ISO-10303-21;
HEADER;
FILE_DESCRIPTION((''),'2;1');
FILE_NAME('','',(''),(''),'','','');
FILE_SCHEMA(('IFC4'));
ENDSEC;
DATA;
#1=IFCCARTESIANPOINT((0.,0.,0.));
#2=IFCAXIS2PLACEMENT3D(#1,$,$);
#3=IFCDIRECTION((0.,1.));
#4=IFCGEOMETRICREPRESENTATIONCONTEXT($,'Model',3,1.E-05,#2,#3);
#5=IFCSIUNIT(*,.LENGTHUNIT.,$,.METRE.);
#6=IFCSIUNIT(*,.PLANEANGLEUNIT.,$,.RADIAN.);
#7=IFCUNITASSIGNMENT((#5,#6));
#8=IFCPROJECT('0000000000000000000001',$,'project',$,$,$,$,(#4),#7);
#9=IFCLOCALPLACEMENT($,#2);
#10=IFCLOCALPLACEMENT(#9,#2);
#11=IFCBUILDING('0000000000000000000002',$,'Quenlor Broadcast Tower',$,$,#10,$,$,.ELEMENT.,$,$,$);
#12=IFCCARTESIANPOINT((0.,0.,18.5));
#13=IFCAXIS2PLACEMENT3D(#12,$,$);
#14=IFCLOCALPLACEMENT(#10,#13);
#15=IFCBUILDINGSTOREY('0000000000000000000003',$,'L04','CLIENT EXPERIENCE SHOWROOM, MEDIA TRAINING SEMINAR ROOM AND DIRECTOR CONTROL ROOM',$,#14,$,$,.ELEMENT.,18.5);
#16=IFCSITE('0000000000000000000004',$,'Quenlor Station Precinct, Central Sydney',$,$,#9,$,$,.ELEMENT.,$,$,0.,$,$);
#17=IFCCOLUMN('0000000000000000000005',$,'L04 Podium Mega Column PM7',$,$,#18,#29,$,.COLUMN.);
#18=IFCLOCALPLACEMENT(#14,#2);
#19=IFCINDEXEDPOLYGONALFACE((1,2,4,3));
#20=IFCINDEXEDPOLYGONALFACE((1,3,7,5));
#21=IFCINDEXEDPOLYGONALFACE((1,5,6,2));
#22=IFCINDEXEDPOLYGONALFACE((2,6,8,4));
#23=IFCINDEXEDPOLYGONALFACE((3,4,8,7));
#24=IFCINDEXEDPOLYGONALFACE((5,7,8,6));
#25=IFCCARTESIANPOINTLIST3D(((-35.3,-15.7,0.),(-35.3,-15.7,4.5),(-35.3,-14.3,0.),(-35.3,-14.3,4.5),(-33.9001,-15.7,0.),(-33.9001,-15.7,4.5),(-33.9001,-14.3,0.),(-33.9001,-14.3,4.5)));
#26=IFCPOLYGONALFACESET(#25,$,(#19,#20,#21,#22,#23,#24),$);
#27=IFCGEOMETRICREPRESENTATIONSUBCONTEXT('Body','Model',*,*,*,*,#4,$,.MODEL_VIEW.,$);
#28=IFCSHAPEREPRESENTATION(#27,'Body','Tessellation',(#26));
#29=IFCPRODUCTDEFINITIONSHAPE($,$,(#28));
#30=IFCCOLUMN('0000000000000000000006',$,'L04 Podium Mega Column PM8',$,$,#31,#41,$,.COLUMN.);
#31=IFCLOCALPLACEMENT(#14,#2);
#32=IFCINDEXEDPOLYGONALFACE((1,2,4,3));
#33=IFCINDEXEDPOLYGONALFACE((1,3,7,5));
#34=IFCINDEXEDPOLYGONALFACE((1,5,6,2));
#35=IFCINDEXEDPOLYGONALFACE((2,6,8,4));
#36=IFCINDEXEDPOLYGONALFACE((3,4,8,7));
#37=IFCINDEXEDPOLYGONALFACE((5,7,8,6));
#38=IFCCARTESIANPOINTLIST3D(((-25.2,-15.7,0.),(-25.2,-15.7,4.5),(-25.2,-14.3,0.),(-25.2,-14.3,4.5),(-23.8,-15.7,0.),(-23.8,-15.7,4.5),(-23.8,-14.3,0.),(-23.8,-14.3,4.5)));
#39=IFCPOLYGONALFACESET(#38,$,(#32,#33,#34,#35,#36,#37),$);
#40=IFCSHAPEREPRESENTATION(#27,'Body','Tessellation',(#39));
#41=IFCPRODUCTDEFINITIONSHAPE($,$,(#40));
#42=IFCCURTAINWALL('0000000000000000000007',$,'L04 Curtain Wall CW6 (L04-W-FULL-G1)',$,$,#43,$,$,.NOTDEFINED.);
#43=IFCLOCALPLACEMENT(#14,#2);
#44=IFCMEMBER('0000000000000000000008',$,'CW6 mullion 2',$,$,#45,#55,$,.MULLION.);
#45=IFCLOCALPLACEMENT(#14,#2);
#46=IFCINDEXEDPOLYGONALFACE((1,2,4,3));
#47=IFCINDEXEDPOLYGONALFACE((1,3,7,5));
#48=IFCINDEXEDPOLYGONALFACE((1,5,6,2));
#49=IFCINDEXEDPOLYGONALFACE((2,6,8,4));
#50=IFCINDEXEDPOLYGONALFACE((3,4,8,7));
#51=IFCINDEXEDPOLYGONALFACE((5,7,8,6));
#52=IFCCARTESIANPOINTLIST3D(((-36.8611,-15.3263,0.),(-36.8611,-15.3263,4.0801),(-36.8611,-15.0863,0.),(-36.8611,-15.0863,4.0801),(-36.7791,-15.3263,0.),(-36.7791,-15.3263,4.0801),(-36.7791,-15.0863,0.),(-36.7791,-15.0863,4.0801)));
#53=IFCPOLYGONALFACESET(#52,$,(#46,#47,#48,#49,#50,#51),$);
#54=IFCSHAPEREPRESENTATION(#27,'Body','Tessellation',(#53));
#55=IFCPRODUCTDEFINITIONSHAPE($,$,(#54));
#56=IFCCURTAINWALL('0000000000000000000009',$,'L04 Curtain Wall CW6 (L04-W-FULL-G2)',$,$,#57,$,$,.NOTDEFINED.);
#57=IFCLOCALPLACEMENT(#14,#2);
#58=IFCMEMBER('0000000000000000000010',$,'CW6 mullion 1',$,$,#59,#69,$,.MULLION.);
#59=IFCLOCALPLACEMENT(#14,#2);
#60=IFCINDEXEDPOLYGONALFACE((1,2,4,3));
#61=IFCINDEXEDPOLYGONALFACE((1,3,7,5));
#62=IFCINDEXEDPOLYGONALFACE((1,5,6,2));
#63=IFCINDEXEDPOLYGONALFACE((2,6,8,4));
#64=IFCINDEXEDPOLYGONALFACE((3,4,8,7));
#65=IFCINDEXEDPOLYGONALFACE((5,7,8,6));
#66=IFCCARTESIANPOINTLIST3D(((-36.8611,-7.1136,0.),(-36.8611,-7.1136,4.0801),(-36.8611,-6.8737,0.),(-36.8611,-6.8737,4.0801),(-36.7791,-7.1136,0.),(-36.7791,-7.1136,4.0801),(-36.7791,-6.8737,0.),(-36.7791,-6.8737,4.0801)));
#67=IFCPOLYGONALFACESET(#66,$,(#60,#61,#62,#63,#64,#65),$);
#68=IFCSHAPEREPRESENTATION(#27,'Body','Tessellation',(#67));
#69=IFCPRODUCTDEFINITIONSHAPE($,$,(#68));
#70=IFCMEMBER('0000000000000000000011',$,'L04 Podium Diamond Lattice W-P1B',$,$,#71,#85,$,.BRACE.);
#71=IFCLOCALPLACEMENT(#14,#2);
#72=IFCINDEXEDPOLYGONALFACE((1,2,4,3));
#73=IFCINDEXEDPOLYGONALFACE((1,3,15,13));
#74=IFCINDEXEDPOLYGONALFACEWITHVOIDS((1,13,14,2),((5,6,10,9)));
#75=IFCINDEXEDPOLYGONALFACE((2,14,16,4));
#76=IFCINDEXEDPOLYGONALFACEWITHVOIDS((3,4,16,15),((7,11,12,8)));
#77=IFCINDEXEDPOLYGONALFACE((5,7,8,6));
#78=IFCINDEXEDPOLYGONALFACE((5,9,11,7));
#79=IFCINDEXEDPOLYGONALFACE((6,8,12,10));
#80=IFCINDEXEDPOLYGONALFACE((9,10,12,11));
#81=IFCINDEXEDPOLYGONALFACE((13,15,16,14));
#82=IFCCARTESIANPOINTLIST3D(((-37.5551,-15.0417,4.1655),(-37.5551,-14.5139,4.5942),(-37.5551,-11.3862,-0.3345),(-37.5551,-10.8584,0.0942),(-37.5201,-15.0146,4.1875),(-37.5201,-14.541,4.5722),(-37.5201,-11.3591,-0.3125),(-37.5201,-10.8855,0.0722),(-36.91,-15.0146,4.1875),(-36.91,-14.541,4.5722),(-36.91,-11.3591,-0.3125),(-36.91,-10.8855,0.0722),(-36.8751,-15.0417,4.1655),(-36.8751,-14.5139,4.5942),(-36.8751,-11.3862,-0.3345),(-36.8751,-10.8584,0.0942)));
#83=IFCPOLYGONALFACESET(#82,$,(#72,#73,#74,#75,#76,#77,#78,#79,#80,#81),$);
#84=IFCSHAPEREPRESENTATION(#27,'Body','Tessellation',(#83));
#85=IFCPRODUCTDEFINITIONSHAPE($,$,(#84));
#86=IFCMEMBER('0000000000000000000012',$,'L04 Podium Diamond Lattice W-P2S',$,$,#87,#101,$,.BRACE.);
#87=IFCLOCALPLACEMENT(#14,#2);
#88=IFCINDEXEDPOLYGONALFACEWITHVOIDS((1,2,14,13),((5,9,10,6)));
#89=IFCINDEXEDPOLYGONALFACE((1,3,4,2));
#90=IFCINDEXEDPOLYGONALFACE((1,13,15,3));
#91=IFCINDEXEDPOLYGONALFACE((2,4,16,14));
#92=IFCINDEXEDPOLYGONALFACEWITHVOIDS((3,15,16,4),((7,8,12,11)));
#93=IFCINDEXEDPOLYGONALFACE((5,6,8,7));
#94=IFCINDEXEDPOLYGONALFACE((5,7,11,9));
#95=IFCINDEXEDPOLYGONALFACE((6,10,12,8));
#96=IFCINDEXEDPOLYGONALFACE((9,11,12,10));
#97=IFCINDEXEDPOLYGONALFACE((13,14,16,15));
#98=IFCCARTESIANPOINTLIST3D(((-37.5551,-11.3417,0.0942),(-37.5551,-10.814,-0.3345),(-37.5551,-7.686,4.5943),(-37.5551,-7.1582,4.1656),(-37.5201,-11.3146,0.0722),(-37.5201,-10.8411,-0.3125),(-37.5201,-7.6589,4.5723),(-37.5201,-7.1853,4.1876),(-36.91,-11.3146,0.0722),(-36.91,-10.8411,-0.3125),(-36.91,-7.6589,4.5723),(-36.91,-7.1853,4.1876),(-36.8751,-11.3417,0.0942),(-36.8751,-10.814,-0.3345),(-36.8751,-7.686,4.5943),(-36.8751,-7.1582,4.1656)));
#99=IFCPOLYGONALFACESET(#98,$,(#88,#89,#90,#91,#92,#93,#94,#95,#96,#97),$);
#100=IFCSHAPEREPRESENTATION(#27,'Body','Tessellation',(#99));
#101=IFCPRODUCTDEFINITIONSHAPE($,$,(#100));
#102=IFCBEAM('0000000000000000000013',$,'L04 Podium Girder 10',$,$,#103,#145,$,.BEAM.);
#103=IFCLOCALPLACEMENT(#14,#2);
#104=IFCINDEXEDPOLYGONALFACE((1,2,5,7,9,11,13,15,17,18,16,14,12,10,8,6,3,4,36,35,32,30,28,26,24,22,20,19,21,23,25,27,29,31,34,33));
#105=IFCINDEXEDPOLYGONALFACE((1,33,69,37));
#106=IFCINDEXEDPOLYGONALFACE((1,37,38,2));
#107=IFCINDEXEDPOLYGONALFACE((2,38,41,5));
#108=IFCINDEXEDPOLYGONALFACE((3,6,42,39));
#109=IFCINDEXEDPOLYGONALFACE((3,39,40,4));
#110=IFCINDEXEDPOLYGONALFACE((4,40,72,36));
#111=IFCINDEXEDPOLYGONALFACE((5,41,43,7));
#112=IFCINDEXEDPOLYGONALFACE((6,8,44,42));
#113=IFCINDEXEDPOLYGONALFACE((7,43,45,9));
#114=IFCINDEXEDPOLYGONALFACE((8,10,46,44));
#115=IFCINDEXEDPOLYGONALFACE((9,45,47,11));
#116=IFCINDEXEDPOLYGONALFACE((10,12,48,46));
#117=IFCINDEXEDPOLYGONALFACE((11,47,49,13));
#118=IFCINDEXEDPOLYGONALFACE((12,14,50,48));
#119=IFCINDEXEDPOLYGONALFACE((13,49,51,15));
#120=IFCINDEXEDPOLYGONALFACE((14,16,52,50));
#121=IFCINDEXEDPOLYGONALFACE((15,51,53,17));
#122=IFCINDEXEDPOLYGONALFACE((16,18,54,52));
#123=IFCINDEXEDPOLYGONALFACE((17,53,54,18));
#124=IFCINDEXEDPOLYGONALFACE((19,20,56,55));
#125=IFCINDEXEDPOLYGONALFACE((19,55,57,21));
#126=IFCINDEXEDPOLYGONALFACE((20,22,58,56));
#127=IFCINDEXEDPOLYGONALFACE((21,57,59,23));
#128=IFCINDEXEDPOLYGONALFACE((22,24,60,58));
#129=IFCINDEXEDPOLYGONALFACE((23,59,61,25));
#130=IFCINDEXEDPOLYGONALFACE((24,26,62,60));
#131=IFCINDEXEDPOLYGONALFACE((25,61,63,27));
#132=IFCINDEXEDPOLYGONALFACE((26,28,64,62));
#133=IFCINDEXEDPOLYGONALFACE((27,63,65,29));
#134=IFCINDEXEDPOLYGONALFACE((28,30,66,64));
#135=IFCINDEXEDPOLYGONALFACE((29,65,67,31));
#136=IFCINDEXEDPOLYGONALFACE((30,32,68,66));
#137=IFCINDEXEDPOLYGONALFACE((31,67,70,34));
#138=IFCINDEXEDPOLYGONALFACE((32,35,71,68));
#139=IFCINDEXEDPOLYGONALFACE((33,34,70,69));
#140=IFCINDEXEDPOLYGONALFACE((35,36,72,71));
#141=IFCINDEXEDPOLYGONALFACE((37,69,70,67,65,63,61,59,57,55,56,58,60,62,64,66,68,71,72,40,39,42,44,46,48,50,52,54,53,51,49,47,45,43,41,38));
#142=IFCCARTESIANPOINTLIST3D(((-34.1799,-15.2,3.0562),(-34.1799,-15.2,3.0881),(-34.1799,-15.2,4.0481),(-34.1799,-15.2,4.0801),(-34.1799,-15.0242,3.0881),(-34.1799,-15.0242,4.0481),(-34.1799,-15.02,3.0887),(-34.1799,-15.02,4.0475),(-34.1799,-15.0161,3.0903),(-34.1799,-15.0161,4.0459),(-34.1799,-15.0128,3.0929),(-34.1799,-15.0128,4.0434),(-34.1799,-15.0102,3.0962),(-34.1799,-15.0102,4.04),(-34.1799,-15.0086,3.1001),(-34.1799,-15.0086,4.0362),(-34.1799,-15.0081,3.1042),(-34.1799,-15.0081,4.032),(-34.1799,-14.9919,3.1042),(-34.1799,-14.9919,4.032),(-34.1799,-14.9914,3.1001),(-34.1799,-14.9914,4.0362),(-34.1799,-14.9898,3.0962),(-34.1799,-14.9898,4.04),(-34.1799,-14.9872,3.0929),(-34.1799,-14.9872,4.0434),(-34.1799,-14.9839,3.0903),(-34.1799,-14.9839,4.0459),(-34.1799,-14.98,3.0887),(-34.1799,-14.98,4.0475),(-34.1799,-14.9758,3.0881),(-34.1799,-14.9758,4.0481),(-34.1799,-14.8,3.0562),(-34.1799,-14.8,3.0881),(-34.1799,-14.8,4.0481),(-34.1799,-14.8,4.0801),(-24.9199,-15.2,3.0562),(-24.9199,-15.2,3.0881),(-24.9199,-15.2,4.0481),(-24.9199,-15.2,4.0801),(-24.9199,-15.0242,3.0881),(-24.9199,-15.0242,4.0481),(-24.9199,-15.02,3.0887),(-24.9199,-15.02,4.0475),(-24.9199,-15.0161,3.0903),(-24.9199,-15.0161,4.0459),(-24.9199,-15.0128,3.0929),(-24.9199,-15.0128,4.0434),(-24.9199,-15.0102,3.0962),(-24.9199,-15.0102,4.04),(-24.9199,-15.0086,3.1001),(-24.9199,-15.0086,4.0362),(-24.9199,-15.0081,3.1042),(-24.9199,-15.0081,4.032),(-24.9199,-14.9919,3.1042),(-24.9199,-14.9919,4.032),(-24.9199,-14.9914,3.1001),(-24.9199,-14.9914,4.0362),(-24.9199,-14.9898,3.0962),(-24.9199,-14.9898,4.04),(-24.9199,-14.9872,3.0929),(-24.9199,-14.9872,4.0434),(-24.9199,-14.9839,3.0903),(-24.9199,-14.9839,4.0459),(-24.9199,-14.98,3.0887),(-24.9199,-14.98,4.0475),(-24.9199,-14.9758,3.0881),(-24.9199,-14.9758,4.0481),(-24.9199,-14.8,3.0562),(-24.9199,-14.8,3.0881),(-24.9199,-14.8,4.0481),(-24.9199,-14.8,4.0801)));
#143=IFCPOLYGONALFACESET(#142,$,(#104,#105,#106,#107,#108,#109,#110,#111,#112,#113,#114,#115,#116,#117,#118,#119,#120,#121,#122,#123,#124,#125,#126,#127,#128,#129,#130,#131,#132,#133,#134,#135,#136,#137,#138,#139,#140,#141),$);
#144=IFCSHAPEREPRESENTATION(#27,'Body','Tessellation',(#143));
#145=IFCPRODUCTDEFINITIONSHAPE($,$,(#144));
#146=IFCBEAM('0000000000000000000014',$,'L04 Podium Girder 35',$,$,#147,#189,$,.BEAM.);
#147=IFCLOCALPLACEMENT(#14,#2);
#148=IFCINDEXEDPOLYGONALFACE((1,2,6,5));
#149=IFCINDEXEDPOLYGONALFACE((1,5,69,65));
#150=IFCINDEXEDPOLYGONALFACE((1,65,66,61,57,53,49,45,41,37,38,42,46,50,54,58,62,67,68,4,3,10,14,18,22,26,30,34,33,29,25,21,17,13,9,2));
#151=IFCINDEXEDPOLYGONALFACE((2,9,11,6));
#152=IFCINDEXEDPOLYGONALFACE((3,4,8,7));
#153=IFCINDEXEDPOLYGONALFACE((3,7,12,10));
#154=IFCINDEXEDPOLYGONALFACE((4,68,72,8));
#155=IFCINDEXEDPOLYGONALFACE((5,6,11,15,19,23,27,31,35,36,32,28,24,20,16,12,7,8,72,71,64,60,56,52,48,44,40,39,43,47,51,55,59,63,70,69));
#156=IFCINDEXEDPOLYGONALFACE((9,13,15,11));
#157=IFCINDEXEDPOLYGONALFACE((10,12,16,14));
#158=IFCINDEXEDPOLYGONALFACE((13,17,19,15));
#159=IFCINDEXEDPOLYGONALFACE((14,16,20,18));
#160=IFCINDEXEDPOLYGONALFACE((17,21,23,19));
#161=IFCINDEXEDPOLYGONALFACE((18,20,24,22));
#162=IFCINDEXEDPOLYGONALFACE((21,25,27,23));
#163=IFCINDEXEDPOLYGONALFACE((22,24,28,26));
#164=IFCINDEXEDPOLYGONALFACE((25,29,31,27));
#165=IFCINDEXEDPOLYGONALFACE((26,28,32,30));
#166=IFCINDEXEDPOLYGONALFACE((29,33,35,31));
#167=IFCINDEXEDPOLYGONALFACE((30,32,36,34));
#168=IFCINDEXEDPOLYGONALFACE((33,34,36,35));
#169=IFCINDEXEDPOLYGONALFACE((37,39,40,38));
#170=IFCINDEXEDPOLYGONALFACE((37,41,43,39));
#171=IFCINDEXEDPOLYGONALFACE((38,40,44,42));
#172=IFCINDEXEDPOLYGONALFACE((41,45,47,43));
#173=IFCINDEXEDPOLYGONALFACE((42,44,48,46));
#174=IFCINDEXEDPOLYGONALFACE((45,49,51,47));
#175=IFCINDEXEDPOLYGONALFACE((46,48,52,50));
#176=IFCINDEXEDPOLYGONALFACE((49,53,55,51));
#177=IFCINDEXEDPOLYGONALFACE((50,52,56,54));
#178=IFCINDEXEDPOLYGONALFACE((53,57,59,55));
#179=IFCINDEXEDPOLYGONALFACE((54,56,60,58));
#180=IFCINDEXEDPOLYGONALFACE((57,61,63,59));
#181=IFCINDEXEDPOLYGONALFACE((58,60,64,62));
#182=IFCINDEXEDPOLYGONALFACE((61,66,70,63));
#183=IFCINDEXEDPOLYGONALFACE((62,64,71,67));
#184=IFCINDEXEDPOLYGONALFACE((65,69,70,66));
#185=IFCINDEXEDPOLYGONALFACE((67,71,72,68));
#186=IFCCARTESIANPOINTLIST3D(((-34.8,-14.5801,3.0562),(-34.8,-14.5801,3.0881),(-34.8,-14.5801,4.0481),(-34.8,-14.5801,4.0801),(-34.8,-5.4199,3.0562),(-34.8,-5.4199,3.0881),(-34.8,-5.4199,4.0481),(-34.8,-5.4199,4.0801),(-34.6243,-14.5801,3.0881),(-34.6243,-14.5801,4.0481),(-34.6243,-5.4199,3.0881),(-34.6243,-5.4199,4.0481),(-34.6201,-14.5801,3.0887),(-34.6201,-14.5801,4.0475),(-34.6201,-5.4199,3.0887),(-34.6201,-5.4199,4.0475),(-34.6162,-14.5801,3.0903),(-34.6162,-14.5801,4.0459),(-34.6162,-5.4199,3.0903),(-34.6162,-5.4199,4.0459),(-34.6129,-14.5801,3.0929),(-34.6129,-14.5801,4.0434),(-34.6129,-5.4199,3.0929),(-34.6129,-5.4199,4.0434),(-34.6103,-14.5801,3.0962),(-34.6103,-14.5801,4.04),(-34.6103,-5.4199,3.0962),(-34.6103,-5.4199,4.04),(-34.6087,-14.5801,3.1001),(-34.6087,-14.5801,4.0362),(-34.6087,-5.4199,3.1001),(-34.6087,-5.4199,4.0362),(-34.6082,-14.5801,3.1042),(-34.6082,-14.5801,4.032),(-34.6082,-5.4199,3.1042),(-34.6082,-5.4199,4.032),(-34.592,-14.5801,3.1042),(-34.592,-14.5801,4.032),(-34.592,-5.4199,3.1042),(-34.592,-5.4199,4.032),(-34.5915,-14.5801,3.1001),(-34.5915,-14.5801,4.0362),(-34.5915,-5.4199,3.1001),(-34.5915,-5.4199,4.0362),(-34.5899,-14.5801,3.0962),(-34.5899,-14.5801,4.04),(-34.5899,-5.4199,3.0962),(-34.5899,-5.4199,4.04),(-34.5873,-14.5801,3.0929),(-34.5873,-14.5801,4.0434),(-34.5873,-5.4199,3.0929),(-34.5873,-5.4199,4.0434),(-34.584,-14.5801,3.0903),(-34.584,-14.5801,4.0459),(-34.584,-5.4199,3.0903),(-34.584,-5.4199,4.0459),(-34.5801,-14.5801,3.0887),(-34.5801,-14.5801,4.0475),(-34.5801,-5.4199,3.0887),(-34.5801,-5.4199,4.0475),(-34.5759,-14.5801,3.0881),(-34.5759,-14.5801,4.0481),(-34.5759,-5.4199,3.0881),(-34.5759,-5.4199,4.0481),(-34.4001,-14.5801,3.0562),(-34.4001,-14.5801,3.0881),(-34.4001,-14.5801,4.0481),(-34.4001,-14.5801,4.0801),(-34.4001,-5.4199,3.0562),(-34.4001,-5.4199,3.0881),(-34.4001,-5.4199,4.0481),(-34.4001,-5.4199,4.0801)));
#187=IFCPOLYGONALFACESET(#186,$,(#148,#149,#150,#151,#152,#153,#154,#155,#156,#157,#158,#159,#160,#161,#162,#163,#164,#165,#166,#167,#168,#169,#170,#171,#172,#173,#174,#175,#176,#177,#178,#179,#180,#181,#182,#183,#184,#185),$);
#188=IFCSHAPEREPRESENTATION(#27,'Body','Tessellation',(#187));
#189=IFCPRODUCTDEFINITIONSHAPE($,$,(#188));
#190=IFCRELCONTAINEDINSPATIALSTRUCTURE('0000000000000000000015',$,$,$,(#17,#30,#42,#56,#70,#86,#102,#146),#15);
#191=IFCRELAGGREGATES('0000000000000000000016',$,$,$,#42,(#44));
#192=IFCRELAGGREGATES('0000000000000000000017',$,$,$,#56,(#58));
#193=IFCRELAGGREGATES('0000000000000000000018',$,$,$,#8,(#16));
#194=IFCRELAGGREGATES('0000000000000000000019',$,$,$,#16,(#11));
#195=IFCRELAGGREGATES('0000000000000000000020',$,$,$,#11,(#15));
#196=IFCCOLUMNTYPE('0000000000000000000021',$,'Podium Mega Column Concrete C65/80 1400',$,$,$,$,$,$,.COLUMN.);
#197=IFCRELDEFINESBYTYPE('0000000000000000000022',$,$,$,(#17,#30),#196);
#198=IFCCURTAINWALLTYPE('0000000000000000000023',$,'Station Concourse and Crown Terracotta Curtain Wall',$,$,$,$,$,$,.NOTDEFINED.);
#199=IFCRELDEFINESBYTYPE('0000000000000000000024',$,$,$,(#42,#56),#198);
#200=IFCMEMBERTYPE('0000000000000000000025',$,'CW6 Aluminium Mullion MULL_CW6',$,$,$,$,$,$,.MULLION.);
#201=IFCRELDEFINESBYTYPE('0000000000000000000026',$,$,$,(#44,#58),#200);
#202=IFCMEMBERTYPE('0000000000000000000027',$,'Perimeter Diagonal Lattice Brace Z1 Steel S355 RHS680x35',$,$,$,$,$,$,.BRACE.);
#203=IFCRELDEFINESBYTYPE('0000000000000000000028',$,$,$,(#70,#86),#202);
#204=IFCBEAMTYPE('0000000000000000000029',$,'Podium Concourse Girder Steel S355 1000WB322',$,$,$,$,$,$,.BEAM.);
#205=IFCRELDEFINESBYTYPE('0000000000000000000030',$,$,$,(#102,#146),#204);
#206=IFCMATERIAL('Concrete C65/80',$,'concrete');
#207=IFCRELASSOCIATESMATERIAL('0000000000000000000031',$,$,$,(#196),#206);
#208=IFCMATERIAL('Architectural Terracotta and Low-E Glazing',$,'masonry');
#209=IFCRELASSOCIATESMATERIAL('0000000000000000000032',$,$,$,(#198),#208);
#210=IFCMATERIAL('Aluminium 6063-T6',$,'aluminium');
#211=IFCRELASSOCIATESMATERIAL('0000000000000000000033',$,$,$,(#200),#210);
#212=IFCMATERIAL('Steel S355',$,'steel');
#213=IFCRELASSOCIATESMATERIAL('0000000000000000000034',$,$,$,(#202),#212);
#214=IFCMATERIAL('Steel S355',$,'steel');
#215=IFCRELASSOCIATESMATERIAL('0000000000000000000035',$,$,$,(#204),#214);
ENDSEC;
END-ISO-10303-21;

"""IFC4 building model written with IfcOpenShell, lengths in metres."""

from ifc_helpers import new_model, si_unit, direction, frame, origin, origin_2d, place, context, subcontext, project, spatial, rectangle, hollow_rectangle, i_section, extrude, material, material_profile, profile_set, type_object, element, aggregate, save


model = new_model("IFC4")

# Units and contexts
model_context = context("Model", 3, precision=1e-05, world=origin(), true_north=direction((0.0, 1.0)))
body_context = subcontext(model_context, "Body", "Model", "MODEL_VIEW")
ifc_project = project(units=[si_unit("LENGTHUNIT", "METRE"), si_unit("PLANEANGLEUNIT", "RADIAN")], contexts=[model_context])

# Site, building, storey
site_placement = place(None, origin())
site = spatial("IfcSite", under=ifc_project, at=site_placement, Name="Quenlor Station Precinct, Central Sydney", CompositionType="ELEMENT", RefElevation=0.0)
building_placement = place(site_placement, origin())
building = spatial("IfcBuilding", under=site, at=building_placement, Name="Quenlor Broadcast Tower", CompositionType="ELEMENT")
storey_placement = place(building_placement, frame((0.0, 0.0, 18.5)))
storey = spatial("IfcBuildingStorey", under=building, at=storey_placement, Name="L04", Description="CLIENT EXPERIENCE SHOWROOM, MEDIA TRAINING SEMINAR ROOM AND DIRECTOR CONTROL ROOM", CompositionType="ELEMENT", Elevation=18.5)

# Columns
ifc_material_1 = material(Name="Concrete C65/80", Category="concrete")
ifc_material_profile_1 = material_profile(ifc_material_1, rectangle(XDim=1.3999, YDim=1.3999, at=origin_2d()))
ifc_profile_set_1 = profile_set([ifc_material_profile_1], Name="Concrete C65/80 RC1400x1400")
column_type = type_object("IfcColumnType", Name="Podium Mega Column Concrete C65/80 1400", PredefinedType="COLUMN", material=ifc_profile_set_1)
for number, where, z_axis, x_axis, name in (
    (1, (-34.6001, -15.0, 0.0), (0.0, 0.0, 1.0), (1.0, 0.0, 0.0), "L04 Podium Mega Column PM7"),
    (2, (-24.5, -15.0, 0.0), (0.0, 0.0, 1.0), (1.0, 0.0, 0.0), "L04 Podium Mega Column PM8"),
):
    element("IfcColumn", number, at=place(storey_placement, frame(where, z_axis=z_axis, x_axis=x_axis)), inside=storey, type_object=column_type, Name=name, PredefinedType="COLUMN", context=body_context, shape_type="SweptSolid", body=[
        extrude(rectangle(XDim=1.3999, YDim=1.3999, at=origin_2d()), origin(), (0.0, 0.0, 1.0), 4.5),
    ])

# Curtain walls, members
ifc_material_2 = material(Name="Architectural Terracotta and Low-E Glazing", Category="masonry")
curtain_wall_type = type_object("IfcCurtainWallType", Name="Station Concourse and Crown Terracotta Curtain Wall", PredefinedType="NOTDEFINED", material=ifc_material_2)
curtain_wall_1_placement = place(storey_placement, origin())
curtain_wall_1 = element("IfcCurtainWall", 3, at=curtain_wall_1_placement, inside=storey, type_object=curtain_wall_type, Name="L04 Curtain Wall CW6 (L04-W-FULL-G1)", PredefinedType="NOTDEFINED")
ifc_material_3 = material(Name="Aluminium 6063-T6", Category="aluminium")
ifc_material_profile_2 = material_profile(ifc_material_3, rectangle(XDim=0.082, YDim=0.24, at=origin_2d()))
ifc_profile_set_2 = profile_set([ifc_material_profile_2], Name="Aluminium 6063-T6 MULL82x240")
member_type_1 = type_object("IfcMemberType", Name="CW6 Aluminium Mullion MULL_CW6", PredefinedType="MULLION", material=ifc_profile_set_2)
member_1_placement = place(storey_placement, frame((-36.8201, -15.2063, 0.0), z_axis=(0.0, 0.0, 1.0), x_axis=(-1.0, 0.0, 0.0)))
member_1 = element("IfcMember", 4, at=member_1_placement, type_object=member_type_1, Name="CW6 mullion 2", PredefinedType="MULLION", context=body_context, shape_type="SweptSolid", body=[
    extrude(rectangle(XDim=0.082, YDim=0.24, at=origin_2d()), origin(), (0.0, 0.0, 1.0), 4.0801),
])
aggregate(curtain_wall_1, [member_1])
curtain_wall_2_placement = place(storey_placement, origin())
curtain_wall_2 = element("IfcCurtainWall", 5, at=curtain_wall_2_placement, inside=storey, type_object=curtain_wall_type, Name="L04 Curtain Wall CW6 (L04-W-FULL-G2)", PredefinedType="NOTDEFINED")
member_2_placement = place(storey_placement, frame((-36.8201, -6.9937, 0.0), z_axis=(0.0, 0.0, 1.0), x_axis=(-1.0, 0.0, 0.0)))
member_2 = element("IfcMember", 6, at=member_2_placement, type_object=member_type_1, Name="CW6 mullion 1", PredefinedType="MULLION", context=body_context, shape_type="SweptSolid", body=[
    extrude(rectangle(XDim=0.082, YDim=0.24, at=origin_2d()), origin(), (0.0, 0.0, 1.0), 4.0801),
])
aggregate(curtain_wall_2, [member_2])

# Members
ifc_material_4 = material(Name="Steel S355", Category="steel")
ifc_material_profile_3 = material_profile(ifc_material_4, hollow_rectangle(XDim=0.6799, YDim=0.6799, WallThickness=0.0349, at=origin_2d()))
ifc_profile_set_3 = profile_set([ifc_material_profile_3], Name="Steel S355 RHS680x680x35")
member_type_2 = type_object("IfcMemberType", Name="Perimeter Diagonal Lattice Brace Z1 Steel S355 RHS680x35", PredefinedType="BRACE", material=ifc_profile_set_3)
member_3_placement = place(storey_placement, frame((-37.2151, -11.1223, -0.1201), z_axis=(0.0, -0.630517, 0.776176), x_axis=(1.0, 0.0, 0.0)))
element("IfcMember", 7, at=member_3_placement, inside=storey, type_object=member_type_2, Name="L04 Podium Diamond Lattice W-P1B", PredefinedType="BRACE", context=body_context, shape_type="SweptSolid", body=[
    extrude(hollow_rectangle(XDim=0.6799, YDim=0.6799, WallThickness=0.0349, at=origin_2d()), origin(), (0.0, 0.0, 1.0), 5.7976),
])
member_4_placement = place(storey_placement, frame((-37.2151, -11.0779, -0.1201), z_axis=(0.0, 0.630542, 0.776155), x_axis=(-1.0, 0.0, 0.0)))
element("IfcMember", 8, at=member_4_placement, inside=storey, type_object=member_type_2, Name="L04 Podium Diamond Lattice W-P2S", PredefinedType="BRACE", context=body_context, shape_type="SweptSolid", body=[
    extrude(hollow_rectangle(XDim=0.6799, YDim=0.6799, WallThickness=0.0349, at=origin_2d()), origin(), (0.0, 0.0, 1.0), 5.7979),
])

# Beams
ifc_material_5 = material(Name="Steel S355", Category="steel")
ifc_material_profile_4 = material_profile(ifc_material_5, i_section(OverallWidth=0.3999, OverallDepth=1.0239, WebThickness=0.0161, FlangeThickness=0.032, FilletRadius=0.0161, at=origin_2d()))
ifc_profile_set_4 = profile_set([ifc_material_profile_4], Name="Steel S355 1000WB322")
beam_type_1 = type_object("IfcBeamType", Name="Podium Concourse Girder Steel S355 1000WB322", PredefinedType="BEAM", material=ifc_profile_set_4)
beam_placement = place(storey_placement, frame((-34.1799, -15.0, 3.5681), z_axis=(1.0, 0.0, 0.0), x_axis=(0.0, 1.0, 0.0)))
element("IfcBeam", 9, at=beam_placement, inside=storey, type_object=beam_type_1, Name="L04 Podium Girder 10", PredefinedType="BEAM", context=body_context, shape_type="SweptSolid", body=[
    extrude(i_section(OverallWidth=0.3999, OverallDepth=1.0239, WebThickness=0.0161, FlangeThickness=0.032, FilletRadius=0.0161, at=origin_2d()), origin(), (0.0, 0.0, 1.0), 9.26),
])
for number, where, z_axis, x_axis, name in (
    (10, (-34.6001, -14.5801, 3.5681), (0.0, 1.0, 0.0), (-1.0, 0.0, 0.0), "L04 Podium Girder 35"),
):
    element("IfcBeam", number, at=place(storey_placement, frame(where, z_axis=z_axis, x_axis=x_axis)), inside=storey, type_object=beam_type_1, Name=name, PredefinedType="BEAM", context=body_context, shape_type="SweptSolid", body=[
        extrude(i_section(OverallWidth=0.3999, OverallDepth=1.0239, WebThickness=0.0161, FlangeThickness=0.032, FilletRadius=0.0161, at=origin_2d()), origin(), (0.0, 0.0, 1.0), 9.1602),
    ])

save(model, "model.ifc")
